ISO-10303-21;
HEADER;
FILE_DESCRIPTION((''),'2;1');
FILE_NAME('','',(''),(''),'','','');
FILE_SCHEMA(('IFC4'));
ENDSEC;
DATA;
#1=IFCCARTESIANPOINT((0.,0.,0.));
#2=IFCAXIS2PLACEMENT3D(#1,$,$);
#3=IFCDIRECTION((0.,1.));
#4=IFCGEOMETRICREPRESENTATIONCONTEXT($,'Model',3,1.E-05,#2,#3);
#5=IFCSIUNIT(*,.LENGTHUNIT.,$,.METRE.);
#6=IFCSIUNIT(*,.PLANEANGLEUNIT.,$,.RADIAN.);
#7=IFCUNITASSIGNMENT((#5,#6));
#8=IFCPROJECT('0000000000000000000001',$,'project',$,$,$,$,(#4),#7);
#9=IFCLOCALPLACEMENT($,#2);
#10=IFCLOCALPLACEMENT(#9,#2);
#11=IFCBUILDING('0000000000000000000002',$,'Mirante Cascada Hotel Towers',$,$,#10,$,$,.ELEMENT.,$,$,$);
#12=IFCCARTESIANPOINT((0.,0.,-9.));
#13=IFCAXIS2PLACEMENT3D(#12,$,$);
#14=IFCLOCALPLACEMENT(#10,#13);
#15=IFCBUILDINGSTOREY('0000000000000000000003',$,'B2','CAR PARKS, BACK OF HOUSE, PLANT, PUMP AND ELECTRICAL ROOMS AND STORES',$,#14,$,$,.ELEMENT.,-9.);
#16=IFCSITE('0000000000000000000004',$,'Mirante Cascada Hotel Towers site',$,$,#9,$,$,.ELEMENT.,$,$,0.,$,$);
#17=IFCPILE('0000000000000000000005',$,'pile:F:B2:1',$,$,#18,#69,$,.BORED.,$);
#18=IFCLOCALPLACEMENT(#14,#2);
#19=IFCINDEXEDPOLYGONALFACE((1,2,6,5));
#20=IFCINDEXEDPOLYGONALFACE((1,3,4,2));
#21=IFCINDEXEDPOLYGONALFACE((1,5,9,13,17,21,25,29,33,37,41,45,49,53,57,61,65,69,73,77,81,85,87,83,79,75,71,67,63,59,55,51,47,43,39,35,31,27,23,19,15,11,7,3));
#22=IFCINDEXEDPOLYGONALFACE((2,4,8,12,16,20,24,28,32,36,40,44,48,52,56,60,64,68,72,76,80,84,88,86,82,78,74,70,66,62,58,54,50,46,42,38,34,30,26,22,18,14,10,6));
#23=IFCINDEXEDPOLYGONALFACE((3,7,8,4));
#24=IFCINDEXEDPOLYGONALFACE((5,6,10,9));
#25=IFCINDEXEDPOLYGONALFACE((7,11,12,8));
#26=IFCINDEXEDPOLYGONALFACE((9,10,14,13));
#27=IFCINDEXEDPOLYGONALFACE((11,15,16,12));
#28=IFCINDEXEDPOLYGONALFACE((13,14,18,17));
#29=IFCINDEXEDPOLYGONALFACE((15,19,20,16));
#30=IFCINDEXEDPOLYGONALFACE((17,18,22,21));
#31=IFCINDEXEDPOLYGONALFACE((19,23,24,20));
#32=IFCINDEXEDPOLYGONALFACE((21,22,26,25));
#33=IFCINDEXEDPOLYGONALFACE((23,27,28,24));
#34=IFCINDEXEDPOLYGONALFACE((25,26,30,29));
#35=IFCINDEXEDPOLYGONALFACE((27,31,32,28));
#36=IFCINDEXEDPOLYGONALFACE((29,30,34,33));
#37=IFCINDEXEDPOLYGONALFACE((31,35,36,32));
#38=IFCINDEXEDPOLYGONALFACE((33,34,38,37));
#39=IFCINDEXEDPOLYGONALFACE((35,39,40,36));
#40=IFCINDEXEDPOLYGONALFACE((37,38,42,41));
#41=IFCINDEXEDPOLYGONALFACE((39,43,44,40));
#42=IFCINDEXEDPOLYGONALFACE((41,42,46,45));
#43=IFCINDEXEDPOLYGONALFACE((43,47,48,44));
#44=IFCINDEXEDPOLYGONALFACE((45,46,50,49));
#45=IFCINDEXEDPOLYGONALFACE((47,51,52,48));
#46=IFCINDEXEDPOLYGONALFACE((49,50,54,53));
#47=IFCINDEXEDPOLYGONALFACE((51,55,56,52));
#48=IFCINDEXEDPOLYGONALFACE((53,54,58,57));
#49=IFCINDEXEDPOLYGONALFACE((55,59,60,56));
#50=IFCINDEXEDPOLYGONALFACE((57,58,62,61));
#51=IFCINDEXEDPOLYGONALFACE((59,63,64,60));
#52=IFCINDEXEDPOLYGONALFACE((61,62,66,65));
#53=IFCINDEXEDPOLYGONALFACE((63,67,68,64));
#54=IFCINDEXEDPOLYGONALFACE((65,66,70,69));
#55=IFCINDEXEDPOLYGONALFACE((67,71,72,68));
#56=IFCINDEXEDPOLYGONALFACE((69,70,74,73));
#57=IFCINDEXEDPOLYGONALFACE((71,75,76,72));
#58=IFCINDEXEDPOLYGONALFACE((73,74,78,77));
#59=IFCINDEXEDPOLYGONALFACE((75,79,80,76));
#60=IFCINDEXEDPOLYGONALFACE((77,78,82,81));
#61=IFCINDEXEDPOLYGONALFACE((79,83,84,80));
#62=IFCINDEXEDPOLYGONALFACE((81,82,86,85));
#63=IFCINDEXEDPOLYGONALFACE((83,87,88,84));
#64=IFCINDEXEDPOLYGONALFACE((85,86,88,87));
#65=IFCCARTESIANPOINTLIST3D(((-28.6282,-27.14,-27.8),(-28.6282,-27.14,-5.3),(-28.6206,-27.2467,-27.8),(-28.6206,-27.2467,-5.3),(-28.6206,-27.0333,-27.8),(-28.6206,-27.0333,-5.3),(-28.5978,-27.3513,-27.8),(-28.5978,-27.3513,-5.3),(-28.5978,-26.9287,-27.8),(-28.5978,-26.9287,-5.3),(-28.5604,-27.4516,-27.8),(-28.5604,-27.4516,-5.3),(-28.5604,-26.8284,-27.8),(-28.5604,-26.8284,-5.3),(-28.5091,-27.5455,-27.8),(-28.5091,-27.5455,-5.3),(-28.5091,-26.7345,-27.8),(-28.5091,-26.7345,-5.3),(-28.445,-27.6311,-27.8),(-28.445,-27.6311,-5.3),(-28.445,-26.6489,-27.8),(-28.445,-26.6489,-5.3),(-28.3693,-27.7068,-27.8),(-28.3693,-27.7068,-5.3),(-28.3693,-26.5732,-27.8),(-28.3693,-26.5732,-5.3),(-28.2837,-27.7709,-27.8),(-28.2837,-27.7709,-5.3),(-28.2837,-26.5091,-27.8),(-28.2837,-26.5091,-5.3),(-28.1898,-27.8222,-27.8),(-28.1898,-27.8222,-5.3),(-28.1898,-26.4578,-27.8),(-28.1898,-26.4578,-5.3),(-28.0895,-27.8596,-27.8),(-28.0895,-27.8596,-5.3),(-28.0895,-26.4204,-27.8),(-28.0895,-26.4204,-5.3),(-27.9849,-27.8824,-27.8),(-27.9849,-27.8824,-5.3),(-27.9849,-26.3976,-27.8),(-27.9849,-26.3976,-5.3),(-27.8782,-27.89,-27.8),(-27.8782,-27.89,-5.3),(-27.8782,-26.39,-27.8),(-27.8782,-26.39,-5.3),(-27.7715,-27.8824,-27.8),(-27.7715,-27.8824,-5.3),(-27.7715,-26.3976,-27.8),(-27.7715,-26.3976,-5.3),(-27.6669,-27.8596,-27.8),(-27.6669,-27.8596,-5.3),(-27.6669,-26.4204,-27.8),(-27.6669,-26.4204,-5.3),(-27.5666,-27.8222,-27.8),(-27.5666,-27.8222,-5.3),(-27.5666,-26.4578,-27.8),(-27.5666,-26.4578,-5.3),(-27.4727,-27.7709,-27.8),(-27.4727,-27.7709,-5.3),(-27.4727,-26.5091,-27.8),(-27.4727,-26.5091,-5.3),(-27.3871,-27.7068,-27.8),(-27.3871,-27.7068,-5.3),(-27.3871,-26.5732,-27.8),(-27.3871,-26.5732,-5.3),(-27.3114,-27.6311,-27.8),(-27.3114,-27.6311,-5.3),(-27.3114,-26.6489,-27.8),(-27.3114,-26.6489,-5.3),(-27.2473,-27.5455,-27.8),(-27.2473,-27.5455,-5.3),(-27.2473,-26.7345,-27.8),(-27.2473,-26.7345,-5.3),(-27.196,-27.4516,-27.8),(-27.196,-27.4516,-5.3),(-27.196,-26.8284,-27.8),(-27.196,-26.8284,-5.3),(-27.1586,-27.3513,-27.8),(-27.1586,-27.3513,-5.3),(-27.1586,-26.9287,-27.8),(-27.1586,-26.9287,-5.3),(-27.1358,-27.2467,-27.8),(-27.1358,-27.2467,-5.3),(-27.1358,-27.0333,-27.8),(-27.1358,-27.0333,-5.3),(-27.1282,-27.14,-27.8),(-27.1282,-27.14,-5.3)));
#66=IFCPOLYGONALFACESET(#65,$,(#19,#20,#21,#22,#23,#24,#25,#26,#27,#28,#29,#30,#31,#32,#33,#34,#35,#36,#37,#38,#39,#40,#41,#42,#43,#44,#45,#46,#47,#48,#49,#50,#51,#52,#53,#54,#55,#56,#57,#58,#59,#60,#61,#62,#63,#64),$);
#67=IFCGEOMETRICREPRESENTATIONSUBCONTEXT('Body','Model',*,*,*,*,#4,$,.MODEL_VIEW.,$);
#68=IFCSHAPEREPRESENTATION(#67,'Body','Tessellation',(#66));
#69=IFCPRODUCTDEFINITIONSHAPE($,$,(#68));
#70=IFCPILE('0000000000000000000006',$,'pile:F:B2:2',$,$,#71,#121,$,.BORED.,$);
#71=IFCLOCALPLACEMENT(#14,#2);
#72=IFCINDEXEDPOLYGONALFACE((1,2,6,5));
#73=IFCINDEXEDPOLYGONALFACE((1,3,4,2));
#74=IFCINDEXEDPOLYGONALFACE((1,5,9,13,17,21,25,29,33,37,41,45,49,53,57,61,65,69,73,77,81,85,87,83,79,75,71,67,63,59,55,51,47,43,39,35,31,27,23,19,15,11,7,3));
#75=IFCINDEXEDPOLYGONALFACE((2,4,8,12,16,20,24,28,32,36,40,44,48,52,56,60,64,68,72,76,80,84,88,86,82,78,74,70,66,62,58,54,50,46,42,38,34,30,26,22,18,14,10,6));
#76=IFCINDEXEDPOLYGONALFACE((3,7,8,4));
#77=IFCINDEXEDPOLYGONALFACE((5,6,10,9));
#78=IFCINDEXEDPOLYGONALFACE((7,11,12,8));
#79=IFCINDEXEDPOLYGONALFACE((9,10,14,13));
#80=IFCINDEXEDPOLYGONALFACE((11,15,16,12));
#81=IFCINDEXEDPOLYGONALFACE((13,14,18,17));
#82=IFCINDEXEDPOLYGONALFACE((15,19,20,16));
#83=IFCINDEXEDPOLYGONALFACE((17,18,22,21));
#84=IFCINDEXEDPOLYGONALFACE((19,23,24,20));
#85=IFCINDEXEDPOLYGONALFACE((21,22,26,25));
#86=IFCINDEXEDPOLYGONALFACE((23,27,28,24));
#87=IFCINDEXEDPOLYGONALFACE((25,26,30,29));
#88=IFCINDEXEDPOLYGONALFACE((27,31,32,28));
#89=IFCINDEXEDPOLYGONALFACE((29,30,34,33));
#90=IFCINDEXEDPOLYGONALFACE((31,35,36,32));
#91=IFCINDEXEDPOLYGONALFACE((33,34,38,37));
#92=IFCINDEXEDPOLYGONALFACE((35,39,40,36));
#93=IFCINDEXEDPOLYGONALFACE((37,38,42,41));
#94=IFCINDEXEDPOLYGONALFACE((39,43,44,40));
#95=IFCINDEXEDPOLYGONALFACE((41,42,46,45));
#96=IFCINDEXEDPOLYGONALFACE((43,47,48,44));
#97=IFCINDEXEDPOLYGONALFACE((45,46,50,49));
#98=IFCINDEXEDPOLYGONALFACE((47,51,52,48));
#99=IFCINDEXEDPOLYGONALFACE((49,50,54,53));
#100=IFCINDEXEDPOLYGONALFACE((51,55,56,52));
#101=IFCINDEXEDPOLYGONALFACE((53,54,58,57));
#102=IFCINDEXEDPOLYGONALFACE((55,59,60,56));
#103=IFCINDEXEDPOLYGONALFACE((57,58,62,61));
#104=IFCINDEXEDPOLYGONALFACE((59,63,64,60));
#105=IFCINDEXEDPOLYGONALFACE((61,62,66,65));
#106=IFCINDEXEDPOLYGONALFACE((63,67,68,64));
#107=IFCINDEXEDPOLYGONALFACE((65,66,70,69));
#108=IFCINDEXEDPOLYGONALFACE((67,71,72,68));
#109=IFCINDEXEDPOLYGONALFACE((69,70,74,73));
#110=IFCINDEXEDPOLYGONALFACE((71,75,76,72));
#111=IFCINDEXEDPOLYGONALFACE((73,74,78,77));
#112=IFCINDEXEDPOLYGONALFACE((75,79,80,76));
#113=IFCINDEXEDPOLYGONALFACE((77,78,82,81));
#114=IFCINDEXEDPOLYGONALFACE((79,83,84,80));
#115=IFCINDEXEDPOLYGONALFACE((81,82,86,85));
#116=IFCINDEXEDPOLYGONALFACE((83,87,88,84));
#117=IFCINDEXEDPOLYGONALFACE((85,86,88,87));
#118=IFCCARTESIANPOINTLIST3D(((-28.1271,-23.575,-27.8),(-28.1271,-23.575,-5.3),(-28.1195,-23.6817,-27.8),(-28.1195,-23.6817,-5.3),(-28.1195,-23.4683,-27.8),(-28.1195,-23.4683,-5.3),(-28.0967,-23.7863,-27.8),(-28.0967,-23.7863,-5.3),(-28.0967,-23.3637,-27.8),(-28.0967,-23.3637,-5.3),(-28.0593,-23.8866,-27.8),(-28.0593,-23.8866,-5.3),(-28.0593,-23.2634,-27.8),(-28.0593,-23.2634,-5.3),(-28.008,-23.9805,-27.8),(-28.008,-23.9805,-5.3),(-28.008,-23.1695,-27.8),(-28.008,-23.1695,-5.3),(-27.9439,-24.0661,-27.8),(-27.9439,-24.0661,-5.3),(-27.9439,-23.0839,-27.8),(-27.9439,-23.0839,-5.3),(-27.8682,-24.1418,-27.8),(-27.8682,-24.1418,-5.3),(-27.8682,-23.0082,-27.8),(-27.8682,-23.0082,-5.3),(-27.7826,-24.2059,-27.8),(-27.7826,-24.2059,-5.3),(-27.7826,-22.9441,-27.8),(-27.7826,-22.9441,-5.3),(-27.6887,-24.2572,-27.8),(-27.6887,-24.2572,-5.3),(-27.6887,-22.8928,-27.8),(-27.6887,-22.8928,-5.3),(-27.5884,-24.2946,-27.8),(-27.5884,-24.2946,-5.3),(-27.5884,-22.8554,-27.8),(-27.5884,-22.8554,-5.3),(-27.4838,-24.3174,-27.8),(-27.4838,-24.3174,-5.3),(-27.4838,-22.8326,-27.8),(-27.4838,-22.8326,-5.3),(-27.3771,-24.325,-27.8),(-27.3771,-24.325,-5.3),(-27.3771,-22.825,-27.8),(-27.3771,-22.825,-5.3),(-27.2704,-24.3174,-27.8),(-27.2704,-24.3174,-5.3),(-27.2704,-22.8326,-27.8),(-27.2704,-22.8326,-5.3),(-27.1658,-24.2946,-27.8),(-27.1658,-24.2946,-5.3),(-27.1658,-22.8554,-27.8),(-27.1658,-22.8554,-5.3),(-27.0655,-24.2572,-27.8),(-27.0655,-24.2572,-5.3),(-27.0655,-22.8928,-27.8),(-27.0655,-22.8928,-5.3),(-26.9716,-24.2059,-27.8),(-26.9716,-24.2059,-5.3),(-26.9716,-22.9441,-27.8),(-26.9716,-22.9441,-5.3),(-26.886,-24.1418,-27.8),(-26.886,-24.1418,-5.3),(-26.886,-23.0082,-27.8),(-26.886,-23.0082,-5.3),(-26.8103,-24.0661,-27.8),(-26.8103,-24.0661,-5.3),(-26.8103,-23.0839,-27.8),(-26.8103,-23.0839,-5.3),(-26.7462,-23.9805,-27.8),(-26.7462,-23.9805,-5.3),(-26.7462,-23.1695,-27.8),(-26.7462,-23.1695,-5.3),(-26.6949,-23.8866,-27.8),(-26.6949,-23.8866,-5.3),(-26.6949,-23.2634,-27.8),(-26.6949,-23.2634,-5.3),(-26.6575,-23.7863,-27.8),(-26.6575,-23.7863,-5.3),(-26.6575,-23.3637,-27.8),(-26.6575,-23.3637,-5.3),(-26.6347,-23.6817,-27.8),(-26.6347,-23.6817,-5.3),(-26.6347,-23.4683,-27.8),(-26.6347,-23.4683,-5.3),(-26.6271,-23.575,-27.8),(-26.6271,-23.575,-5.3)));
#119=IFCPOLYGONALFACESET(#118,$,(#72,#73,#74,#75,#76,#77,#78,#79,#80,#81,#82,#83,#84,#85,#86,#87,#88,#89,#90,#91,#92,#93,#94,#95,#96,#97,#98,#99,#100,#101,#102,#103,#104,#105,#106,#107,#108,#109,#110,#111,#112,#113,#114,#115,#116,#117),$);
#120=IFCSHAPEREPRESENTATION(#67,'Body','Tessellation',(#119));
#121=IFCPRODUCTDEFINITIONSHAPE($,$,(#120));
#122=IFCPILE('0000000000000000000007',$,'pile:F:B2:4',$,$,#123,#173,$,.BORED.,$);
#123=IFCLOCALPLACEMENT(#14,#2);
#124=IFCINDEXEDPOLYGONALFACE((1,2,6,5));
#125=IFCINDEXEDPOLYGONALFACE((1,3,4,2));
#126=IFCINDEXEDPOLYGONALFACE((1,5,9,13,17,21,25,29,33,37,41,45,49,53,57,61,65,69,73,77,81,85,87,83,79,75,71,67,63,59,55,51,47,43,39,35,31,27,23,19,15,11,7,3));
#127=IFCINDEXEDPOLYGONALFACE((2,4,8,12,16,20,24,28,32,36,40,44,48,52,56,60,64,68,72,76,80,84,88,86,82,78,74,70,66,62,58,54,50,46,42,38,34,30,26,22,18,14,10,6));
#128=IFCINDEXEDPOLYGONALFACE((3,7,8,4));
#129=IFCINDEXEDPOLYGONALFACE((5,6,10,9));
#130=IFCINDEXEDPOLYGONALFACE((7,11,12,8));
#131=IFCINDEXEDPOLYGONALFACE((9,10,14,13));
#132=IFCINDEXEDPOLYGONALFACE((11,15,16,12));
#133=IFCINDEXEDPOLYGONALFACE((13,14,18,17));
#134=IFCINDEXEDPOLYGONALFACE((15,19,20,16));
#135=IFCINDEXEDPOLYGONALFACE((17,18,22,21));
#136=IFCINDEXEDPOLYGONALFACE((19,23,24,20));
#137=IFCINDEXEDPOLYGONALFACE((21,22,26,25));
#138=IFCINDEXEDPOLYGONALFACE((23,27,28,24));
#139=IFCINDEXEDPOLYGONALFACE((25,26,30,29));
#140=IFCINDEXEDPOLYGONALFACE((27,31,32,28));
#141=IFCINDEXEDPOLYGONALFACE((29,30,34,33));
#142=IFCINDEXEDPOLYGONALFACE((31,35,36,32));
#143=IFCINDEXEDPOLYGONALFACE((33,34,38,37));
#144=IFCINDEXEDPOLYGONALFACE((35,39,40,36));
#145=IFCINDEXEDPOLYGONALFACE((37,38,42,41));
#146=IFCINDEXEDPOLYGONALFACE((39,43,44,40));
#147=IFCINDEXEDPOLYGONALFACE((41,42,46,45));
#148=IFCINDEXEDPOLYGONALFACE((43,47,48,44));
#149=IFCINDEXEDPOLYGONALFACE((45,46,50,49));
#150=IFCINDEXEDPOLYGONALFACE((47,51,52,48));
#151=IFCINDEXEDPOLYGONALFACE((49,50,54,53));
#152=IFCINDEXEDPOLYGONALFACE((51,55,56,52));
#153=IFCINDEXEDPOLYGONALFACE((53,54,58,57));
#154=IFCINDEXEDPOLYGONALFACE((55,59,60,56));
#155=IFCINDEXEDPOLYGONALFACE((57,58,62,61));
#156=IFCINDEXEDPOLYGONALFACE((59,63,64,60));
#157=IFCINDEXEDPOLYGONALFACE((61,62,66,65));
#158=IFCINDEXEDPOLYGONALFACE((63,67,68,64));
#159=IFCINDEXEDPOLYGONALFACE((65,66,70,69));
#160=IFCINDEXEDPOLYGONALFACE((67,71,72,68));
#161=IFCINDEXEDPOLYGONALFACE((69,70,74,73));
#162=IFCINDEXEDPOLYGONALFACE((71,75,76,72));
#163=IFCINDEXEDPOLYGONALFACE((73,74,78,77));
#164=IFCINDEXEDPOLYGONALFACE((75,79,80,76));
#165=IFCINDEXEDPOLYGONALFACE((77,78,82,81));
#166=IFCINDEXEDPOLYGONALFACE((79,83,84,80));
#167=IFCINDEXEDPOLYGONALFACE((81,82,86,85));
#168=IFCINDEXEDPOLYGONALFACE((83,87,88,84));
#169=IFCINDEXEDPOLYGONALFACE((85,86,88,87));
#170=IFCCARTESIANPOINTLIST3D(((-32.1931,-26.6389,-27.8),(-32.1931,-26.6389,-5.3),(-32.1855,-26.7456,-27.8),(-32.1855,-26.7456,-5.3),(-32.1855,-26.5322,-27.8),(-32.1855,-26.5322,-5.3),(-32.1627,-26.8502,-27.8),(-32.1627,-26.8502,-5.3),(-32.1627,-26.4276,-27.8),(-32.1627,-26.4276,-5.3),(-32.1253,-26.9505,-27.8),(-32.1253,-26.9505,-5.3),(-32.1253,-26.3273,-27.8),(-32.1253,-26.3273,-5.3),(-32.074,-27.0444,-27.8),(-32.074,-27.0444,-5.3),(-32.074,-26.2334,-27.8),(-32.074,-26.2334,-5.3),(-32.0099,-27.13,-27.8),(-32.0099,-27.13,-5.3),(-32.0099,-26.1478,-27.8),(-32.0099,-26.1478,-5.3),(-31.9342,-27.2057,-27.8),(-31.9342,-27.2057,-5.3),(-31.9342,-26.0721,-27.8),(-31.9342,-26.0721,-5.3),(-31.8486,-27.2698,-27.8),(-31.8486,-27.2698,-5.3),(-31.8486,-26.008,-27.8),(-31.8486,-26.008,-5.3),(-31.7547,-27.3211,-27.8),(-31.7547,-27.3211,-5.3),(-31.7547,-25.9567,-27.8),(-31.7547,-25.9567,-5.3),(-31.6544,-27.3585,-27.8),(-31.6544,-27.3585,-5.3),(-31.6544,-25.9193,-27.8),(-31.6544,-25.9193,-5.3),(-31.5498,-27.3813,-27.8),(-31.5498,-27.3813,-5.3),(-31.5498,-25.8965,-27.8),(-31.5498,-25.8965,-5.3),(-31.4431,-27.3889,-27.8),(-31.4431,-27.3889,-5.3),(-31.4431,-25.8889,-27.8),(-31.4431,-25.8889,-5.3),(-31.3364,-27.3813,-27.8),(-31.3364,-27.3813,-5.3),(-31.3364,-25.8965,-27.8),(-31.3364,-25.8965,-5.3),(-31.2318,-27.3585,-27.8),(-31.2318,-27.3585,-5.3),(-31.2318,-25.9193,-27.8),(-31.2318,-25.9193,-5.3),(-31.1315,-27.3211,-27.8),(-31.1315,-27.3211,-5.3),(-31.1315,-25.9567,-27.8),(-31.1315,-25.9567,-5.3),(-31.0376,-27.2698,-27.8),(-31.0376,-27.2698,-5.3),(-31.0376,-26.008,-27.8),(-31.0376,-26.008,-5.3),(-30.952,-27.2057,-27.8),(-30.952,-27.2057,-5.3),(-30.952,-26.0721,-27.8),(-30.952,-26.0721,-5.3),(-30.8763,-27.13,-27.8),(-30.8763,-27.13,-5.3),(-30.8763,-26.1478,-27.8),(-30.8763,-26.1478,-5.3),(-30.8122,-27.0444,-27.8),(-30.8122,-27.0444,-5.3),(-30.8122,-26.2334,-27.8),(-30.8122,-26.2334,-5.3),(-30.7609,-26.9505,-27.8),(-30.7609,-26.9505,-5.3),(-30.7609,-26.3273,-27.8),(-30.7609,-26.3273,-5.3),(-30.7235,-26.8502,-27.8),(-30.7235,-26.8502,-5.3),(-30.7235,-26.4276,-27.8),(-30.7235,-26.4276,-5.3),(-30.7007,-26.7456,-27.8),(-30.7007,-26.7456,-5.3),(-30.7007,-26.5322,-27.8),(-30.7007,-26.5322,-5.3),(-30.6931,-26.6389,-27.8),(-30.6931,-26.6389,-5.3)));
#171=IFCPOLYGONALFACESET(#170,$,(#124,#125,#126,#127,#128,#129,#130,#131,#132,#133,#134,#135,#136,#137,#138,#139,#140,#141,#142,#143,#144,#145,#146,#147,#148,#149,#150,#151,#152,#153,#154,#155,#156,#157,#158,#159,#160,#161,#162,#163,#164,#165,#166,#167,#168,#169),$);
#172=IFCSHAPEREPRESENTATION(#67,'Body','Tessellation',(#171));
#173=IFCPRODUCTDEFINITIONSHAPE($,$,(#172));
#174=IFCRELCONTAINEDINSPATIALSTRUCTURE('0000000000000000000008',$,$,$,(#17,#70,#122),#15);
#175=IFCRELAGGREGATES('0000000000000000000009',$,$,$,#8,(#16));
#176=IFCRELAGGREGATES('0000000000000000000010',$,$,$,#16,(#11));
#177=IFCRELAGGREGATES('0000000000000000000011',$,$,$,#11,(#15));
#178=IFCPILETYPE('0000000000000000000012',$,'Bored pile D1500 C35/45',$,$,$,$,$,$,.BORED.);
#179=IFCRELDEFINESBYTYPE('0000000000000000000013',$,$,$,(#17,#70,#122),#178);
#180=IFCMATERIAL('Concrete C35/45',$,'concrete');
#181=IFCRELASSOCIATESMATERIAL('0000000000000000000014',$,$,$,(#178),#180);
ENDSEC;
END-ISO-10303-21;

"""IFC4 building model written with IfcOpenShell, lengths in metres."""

from ifc_helpers import new_model, si_unit, direction, frame, origin, origin_2d, place, context, subcontext, project, spatial, circle, extrude, material, material_profile, profile_set, type_object, element, save


model = new_model("IFC4")

# Units and contexts
model_context = context("Model", 3, precision=1e-05, world=origin(), true_north=direction((0.0, 1.0)))
body_context = subcontext(model_context, "Body", "Model", "MODEL_VIEW")
ifc_project = project(units=[si_unit("LENGTHUNIT", "METRE"), si_unit("PLANEANGLEUNIT", "RADIAN")], contexts=[model_context])

# Site, building, storey
site_placement = place(None, origin())
site = spatial("IfcSite", under=ifc_project, at=site_placement, Name="Mirante Cascada Hotel Towers site", CompositionType="ELEMENT", RefElevation=0.0)
building_placement = place(site_placement, origin())
building = spatial("IfcBuilding", under=site, at=building_placement, Name="Mirante Cascada Hotel Towers", CompositionType="ELEMENT")
storey_placement = place(building_placement, frame((0.0, 0.0, -9.0)))
storey = spatial("IfcBuildingStorey", under=building, at=storey_placement, Name="B2", Description="CAR PARKS, BACK OF HOUSE, PLANT, PUMP AND ELECTRICAL ROOMS AND STORES", CompositionType="ELEMENT", Elevation=-9.0)

# Piles
ifc_material_1 = material(Name="Concrete C35/45", Category="concrete")
ifc_material_profile_1 = material_profile(ifc_material_1, circle(Radius=0.75, at=origin_2d()), Name="RC D1500")
ifc_profile_set_1 = profile_set([ifc_material_profile_1], Name="Concrete C35/45")
pile_type = type_object("IfcPileType", Name="Bored pile D1500 C35/45", PredefinedType="BORED", material=ifc_profile_set_1)
for number, where, z_axis, x_axis, name in (
    (1, (-27.8782, -27.14, -5.3), (0.0, 0.0, -1.0), (1.0, 0.0, 0.0), "pile:F:B2:1"),
    (2, (-27.3771, -23.575, -5.3), (0.0, 0.0, -1.0), (1.0, 0.0, 0.0), "pile:F:B2:2"),
    (3, (-31.4431, -26.6389, -5.3), (0.0, 0.0, -1.0), (1.0, 0.0, 0.0), "pile:F:B2:4"),
):
    element("IfcPile", number, at=place(storey_placement, frame(where, z_axis=z_axis, x_axis=x_axis)), inside=storey, type_object=pile_type, Name=name, PredefinedType="BORED", context=body_context, shape_type="SweptSolid", body=[
        extrude(circle(Radius=0.75, at=origin_2d()), origin(), (0.0, 0.0, 1.0), 22.5),
    ])

save(model, "model.ifc")
